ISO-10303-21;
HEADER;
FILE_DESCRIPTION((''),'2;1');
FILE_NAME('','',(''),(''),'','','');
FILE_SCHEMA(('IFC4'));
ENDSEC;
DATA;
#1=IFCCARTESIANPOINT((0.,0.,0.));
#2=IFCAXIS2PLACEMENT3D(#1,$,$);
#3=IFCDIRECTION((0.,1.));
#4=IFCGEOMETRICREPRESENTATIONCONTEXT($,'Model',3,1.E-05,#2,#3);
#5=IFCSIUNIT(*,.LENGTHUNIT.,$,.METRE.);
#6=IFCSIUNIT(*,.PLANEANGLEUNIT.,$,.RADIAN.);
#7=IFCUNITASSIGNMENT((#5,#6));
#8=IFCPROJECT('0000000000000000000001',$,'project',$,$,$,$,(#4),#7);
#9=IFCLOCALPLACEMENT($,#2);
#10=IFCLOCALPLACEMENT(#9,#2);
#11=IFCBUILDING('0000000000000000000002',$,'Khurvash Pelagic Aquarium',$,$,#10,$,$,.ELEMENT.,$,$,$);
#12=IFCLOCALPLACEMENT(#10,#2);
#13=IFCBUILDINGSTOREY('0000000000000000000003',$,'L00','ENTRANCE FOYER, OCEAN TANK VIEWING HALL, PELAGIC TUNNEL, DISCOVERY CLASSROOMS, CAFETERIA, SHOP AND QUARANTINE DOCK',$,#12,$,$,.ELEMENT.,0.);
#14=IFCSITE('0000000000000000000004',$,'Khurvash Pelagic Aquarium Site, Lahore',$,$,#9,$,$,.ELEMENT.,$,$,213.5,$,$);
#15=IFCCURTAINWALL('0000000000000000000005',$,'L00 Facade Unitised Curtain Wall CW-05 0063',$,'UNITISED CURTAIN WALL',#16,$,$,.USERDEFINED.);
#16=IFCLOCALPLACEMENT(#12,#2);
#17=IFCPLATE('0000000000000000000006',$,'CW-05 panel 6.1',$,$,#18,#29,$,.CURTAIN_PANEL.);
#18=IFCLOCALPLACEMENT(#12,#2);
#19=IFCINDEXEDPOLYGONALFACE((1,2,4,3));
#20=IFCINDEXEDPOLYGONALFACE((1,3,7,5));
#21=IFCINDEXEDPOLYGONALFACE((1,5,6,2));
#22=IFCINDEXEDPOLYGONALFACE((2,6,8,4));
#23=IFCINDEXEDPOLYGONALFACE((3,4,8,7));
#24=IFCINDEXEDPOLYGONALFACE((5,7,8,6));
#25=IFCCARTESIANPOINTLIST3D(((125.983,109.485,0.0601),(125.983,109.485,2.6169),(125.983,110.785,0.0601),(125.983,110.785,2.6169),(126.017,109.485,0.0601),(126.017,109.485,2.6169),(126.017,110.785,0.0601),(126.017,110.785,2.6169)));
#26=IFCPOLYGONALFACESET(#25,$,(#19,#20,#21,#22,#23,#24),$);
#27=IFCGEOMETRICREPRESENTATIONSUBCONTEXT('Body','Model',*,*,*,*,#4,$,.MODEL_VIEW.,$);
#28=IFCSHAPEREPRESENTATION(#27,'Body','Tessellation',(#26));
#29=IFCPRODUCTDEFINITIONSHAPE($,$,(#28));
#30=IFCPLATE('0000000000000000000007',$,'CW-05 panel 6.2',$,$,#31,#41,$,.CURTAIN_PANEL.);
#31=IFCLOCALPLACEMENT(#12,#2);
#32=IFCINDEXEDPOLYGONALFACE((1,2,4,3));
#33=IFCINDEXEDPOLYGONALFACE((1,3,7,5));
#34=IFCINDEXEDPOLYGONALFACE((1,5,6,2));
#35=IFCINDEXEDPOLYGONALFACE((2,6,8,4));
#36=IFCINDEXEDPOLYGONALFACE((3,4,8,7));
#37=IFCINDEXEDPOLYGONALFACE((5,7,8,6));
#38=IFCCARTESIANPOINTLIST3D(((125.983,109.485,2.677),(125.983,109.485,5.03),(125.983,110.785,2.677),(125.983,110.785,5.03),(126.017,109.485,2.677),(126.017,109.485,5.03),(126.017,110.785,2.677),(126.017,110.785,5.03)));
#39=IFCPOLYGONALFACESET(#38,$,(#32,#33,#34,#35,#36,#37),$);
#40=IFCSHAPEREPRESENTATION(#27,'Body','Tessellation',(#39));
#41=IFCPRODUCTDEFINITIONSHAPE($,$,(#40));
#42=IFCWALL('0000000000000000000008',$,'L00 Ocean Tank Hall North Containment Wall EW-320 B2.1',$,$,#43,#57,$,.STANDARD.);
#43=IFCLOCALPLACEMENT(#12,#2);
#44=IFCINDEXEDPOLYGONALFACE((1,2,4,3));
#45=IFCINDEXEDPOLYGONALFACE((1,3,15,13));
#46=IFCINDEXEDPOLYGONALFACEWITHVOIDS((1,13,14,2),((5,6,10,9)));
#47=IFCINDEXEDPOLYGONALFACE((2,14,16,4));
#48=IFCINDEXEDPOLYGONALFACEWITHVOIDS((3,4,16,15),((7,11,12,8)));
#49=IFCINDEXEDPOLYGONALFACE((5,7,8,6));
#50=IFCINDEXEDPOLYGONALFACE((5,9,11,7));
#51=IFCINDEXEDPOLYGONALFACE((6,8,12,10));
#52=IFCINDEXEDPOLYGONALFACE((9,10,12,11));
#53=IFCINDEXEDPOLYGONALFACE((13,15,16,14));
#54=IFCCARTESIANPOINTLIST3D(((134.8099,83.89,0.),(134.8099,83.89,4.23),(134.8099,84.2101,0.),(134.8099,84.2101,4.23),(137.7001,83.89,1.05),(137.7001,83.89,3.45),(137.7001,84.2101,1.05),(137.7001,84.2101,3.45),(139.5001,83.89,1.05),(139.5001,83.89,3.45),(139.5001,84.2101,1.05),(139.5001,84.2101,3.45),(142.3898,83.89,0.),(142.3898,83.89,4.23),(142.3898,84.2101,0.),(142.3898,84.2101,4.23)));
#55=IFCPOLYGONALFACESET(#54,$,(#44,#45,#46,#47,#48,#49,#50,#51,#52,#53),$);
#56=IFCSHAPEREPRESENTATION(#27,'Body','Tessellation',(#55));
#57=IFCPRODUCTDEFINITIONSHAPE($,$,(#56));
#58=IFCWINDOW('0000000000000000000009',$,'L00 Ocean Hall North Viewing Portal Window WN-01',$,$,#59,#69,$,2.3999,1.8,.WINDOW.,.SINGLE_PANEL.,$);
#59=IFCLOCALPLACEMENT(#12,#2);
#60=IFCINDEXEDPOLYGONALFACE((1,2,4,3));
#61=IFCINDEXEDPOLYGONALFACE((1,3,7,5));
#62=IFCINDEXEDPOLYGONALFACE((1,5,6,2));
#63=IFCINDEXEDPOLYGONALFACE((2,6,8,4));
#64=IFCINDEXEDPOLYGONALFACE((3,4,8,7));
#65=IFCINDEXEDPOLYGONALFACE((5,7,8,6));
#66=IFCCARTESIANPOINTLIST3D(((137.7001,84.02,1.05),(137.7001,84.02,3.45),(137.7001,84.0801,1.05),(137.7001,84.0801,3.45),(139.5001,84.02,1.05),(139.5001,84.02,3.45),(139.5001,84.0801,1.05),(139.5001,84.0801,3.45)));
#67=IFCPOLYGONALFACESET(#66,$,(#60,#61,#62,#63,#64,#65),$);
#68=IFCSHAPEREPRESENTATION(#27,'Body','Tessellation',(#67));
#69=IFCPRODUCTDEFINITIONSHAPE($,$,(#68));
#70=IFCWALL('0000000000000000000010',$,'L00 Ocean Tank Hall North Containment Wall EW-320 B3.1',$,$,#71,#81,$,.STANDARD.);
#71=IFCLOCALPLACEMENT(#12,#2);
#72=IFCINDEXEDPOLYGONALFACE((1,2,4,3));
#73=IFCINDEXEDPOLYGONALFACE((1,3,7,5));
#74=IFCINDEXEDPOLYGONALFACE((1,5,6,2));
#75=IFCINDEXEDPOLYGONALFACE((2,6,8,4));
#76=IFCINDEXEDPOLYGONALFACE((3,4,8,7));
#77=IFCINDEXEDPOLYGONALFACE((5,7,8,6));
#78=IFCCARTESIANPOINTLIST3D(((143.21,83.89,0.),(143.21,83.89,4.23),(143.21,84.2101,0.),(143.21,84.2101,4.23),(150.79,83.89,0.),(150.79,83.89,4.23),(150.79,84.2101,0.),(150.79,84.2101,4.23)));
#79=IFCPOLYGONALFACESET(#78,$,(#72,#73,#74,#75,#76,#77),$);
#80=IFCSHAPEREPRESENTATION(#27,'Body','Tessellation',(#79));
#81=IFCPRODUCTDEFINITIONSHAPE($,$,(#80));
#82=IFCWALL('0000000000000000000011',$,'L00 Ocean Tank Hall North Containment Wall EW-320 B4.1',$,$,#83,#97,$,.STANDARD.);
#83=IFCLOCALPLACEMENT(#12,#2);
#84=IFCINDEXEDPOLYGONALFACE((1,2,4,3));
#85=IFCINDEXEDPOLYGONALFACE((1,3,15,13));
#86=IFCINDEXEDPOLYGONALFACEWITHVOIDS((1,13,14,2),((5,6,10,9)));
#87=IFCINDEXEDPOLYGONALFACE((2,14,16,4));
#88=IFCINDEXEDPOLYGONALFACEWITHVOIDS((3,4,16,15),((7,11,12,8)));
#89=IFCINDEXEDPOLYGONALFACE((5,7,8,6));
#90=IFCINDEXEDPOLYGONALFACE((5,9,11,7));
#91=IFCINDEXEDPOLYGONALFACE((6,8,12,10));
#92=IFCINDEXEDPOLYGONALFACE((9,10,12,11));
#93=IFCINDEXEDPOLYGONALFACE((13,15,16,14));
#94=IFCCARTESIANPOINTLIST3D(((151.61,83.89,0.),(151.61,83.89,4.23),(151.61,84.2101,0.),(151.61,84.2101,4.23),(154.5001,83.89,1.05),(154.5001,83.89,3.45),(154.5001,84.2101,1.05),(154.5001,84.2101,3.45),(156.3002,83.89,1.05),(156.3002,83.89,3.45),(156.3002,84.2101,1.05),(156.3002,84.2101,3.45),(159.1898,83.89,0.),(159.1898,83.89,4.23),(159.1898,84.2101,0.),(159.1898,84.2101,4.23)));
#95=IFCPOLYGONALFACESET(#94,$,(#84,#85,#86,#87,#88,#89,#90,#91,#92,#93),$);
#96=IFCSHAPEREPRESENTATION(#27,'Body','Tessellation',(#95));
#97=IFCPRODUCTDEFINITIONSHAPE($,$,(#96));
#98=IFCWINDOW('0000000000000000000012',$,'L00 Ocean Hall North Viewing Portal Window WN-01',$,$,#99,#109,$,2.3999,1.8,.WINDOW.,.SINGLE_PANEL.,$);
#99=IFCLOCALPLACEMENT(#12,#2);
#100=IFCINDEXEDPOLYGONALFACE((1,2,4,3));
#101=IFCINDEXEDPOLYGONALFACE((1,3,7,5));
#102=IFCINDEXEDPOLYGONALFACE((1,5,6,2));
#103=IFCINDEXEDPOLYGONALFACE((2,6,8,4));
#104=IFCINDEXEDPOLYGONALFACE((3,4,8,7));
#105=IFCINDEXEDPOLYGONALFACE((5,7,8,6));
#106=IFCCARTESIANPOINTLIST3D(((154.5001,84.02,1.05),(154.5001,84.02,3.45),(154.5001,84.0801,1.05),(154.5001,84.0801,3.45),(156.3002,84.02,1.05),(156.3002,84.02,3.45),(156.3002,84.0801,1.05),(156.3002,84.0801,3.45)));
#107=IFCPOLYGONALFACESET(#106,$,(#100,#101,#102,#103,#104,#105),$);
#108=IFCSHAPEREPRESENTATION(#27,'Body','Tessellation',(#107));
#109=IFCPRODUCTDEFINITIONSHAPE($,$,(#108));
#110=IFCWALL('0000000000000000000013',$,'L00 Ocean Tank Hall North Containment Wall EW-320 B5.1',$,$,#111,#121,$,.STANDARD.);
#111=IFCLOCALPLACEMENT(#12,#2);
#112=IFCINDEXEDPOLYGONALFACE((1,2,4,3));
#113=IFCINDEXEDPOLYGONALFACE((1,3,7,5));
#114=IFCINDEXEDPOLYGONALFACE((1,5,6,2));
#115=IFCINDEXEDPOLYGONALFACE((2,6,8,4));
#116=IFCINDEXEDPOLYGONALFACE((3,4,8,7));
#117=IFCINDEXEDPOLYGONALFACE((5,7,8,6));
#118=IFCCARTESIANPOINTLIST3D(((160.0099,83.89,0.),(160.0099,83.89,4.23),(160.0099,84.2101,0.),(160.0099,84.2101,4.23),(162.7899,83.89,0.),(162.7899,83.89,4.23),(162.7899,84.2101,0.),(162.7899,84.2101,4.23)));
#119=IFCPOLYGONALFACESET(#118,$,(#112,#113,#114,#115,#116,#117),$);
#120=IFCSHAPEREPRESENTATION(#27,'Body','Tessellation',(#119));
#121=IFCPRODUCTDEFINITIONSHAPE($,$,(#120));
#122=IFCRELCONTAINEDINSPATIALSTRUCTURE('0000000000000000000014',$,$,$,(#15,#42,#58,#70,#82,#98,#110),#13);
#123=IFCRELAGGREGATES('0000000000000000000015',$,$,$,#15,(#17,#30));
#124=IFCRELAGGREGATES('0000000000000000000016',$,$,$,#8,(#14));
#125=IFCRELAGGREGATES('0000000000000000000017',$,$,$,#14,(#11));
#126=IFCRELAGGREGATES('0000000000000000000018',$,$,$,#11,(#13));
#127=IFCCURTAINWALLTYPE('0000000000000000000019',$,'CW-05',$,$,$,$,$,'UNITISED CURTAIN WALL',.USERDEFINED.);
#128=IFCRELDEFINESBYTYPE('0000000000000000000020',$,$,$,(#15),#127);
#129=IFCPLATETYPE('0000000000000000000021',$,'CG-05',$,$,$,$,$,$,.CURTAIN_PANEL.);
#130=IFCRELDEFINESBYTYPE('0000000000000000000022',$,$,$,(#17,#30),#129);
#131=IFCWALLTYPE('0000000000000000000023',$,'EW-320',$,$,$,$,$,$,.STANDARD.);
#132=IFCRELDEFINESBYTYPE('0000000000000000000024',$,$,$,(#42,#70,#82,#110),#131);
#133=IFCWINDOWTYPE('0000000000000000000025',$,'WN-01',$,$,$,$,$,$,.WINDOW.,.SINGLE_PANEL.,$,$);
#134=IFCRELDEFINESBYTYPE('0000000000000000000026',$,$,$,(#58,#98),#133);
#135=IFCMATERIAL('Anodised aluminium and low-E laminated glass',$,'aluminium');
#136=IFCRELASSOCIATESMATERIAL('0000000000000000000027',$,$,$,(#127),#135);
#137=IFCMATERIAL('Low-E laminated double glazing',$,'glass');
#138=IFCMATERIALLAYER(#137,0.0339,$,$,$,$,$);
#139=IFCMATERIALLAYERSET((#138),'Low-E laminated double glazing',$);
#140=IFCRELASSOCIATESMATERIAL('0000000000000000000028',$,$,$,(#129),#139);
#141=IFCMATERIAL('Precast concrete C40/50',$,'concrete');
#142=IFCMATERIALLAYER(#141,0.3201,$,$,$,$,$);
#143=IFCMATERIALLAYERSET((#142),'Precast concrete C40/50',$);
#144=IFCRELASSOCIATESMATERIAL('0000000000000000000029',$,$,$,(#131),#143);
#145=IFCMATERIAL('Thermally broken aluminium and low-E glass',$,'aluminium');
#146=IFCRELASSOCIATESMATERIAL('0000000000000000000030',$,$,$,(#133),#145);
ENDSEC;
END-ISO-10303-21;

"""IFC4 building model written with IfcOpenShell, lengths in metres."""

from ifc_helpers import new_model, si_unit, direction, frame, frame_2d, origin, origin_2d, place, context, subcontext, project, spatial, rectangle, extrude, material, layer, layer_set, type_object, element, fill, aggregate, save


model = new_model("IFC4")

# Units and contexts
model_context = context("Model", 3, precision=1e-05, world=origin(), true_north=direction((0.0, 1.0)))
body_context = subcontext(model_context, "Body", "Model", "MODEL_VIEW")
ifc_project = project(units=[si_unit("LENGTHUNIT", "METRE"), si_unit("PLANEANGLEUNIT", "RADIAN")], contexts=[model_context])

# Site, building, storey
site_placement = place(None, origin())
site = spatial("IfcSite", under=ifc_project, at=site_placement, Name="Khurvash Pelagic Aquarium Site, Lahore", CompositionType="ELEMENT", RefElevation=213.5)
building_placement = place(site_placement, origin())
building = spatial("IfcBuilding", under=site, at=building_placement, Name="Khurvash Pelagic Aquarium", CompositionType="ELEMENT")
storey_placement = place(building_placement, origin())
storey = spatial("IfcBuildingStorey", under=building, at=storey_placement, Name="L00", Description="ENTRANCE FOYER, OCEAN TANK VIEWING HALL, PELAGIC TUNNEL, DISCOVERY CLASSROOMS, CAFETERIA, SHOP AND QUARANTINE DOCK", CompositionType="ELEMENT", Elevation=0.0)

# Curtain wall
ifc_material_1 = material(Name="Anodised aluminium and low-E laminated glass", Category="aluminium")
curtain_wall_type = type_object("IfcCurtainWallType", Name="CW-05", ElementType="UNITISED CURTAIN WALL", PredefinedType="USERDEFINED", material=ifc_material_1)
curtain_wall_placement = place(storey_placement, origin())
curtain_wall = element("IfcCurtainWall", 1, at=curtain_wall_placement, inside=storey, type_object=curtain_wall_type, Name="L00 Facade Unitised Curtain Wall CW-05 0063", ObjectType="UNITISED CURTAIN WALL", PredefinedType="USERDEFINED")

# Plates
ifc_material_2 = material(Name="Low-E laminated double glazing", Category="glass")
ifc_layer_1 = layer(ifc_material_2, 0.0339)
ifc_layer_set_1 = layer_set([ifc_layer_1], Name="Low-E laminated double glazing")
plate_type = type_object("IfcPlateType", Name="CG-05", PredefinedType="CURTAIN_PANEL", material=ifc_layer_set_1)
plate_1_placement = place(storey_placement, frame((126.0, 110.135, 0.0601), z_axis=(0.0, 0.0, 1.0), x_axis=(0.0, 1.0, 0.0)))
plate_1 = element("IfcPlate", 2, at=plate_1_placement, type_object=plate_type, Name="CW-05 panel 6.1", PredefinedType="CURTAIN_PANEL", context=body_context, shape_type="SweptSolid", body=[
    extrude(rectangle(XDim=1.3, YDim=0.0339, at=origin_2d()), origin(), (0.0, 0.0, 1.0), 2.5569),
])
plate_2_placement = place(storey_placement, frame((126.0, 110.135, 2.677), z_axis=(0.0, 0.0, 1.0), x_axis=(0.0, 1.0, 0.0)))
plate_2 = element("IfcPlate", 3, at=plate_2_placement, type_object=plate_type, Name="CW-05 panel 6.2", PredefinedType="CURTAIN_PANEL", context=body_context, shape_type="SweptSolid", body=[
    extrude(rectangle(XDim=1.3, YDim=0.0339, at=origin_2d()), origin(), (0.0, 0.0, 1.0), 2.353),
])
aggregate(curtain_wall, [plate_1, plate_2])

# Wall, opening, window
ifc_material_3 = material(Name="Precast concrete C40/50", Category="concrete")
ifc_layer_2 = layer(ifc_material_3, 0.3201)
ifc_layer_set_2 = layer_set([ifc_layer_2], Name="Precast concrete C40/50")
wall_type = type_object("IfcWallType", Name="EW-320", PredefinedType="STANDARD", material=ifc_layer_set_2)
wall_1_placement = place(storey_placement, frame((142.3899, 84.05, 0.0), z_axis=(0.0, 0.0, 1.0), x_axis=(-1.0, 0.0, 0.0)))
wall_1 = element("IfcWall", 4, at=wall_1_placement, inside=storey, type_object=wall_type, Name="L00 Ocean Tank Hall North Containment Wall EW-320 B2.1", PredefinedType="STANDARD", context=body_context, shape_type="SweptSolid", body=[
    extrude(rectangle(XDim=7.5798, YDim=0.3201, at=frame_2d((3.79, 0.0))), origin(), (0.0, 0.0, 1.0), 4.23),
])
opening_1_placement = place(wall_1_placement, frame((2.8899, 0.0, 1.05)))
opening_1 = element("IfcOpeningElement", 5, at=opening_1_placement, cuts=wall_1, PredefinedType="OPENING", context=body_context, shape_type="SweptSolid", body=[
    extrude(rectangle(XDim=1.8, YDim=2.3999, at=frame_2d((0.8999, 1.2))), frame((0.0, 0.1699, 0.0), z_axis=(0.0, -1.0, 0.0), x_axis=(1.0, 0.0, 0.0)), (0.0, 0.0, 1.0), 0.3401),
])
ifc_material_4 = material(Name="Thermally broken aluminium and low-E glass", Category="aluminium")
window_type = type_object("IfcWindowType", Name="WN-01", PartitioningType="SINGLE_PANEL", PredefinedType="WINDOW", material=ifc_material_4)
window_1_placement = place(opening_1_placement, origin())
window_1 = element("IfcWindow", 6, at=window_1_placement, inside=storey, type_object=window_type, Name="L00 Ocean Hall North Viewing Portal Window WN-01", OverallHeight=2.3999, OverallWidth=1.8, PartitioningType="SINGLE_PANEL", PredefinedType="WINDOW", context=body_context, shape_type="SweptSolid", body=[
    extrude(rectangle(XDim=1.8, YDim=2.3999, at=frame_2d((0.8999, 1.2))), frame((0.0, 0.03, 0.0), z_axis=(0.0, -1.0, 0.0), x_axis=(1.0, 0.0, 0.0)), (0.0, 0.0, 1.0), 0.0601),
])
fill(opening_1, window_1)

# Wall
wall_2_placement = place(storey_placement, frame((150.79, 84.05, 0.0), z_axis=(0.0, 0.0, 1.0), x_axis=(-1.0, 0.0, 0.0)))
element("IfcWall", 7, at=wall_2_placement, inside=storey, type_object=wall_type, Name="L00 Ocean Tank Hall North Containment Wall EW-320 B3.1", PredefinedType="STANDARD", context=body_context, shape_type="SweptSolid", body=[
    extrude(rectangle(XDim=7.5801, YDim=0.3201, at=frame_2d((3.79, 0.0))), origin(), (0.0, 0.0, 1.0), 4.23),
])

# Wall, opening, window
wall_3_placement = place(storey_placement, frame((159.1899, 84.05, 0.0), z_axis=(0.0, 0.0, 1.0), x_axis=(-1.0, 0.0, 0.0)))
wall_3 = element("IfcWall", 8, at=wall_3_placement, inside=storey, type_object=wall_type, Name="L00 Ocean Tank Hall North Containment Wall EW-320 B4.1", PredefinedType="STANDARD", context=body_context, shape_type="SweptSolid", body=[
    extrude(rectangle(XDim=7.5798, YDim=0.3201, at=frame_2d((3.79, 0.0))), origin(), (0.0, 0.0, 1.0), 4.23),
])
opening_2_placement = place(wall_3_placement, frame((2.8899, 0.0, 1.05)))
opening_2 = element("IfcOpeningElement", 9, at=opening_2_placement, cuts=wall_3, PredefinedType="OPENING", context=body_context, shape_type="SweptSolid", body=[
    extrude(rectangle(XDim=1.8, YDim=2.3999, at=frame_2d((0.8999, 1.2))), frame((0.0, 0.1699, 0.0), z_axis=(0.0, -1.0, 0.0), x_axis=(1.0, 0.0, 0.0)), (0.0, 0.0, 1.0), 0.3401),
])
window_2_placement = place(opening_2_placement, origin())
window_2 = element("IfcWindow", 10, at=window_2_placement, inside=storey, type_object=window_type, Name="L00 Ocean Hall North Viewing Portal Window WN-01", OverallHeight=2.3999, OverallWidth=1.8, PartitioningType="SINGLE_PANEL", PredefinedType="WINDOW", context=body_context, shape_type="SweptSolid", body=[
    extrude(rectangle(XDim=1.8, YDim=2.3999, at=frame_2d((0.8999, 1.2))), frame((0.0, 0.03, 0.0), z_axis=(0.0, -1.0, 0.0), x_axis=(1.0, 0.0, 0.0)), (0.0, 0.0, 1.0), 0.0601),
])
fill(opening_2, window_2)

# Wall
wall_4_placement = place(storey_placement, frame((162.79, 84.05, 0.0), z_axis=(0.0, 0.0, 1.0), x_axis=(-1.0, 0.0, 0.0)))
element("IfcWall", 11, at=wall_4_placement, inside=storey, type_object=wall_type, Name="L00 Ocean Tank Hall North Containment Wall EW-320 B5.1", PredefinedType="STANDARD", context=body_context, shape_type="SweptSolid", body=[
    extrude(rectangle(XDim=2.78, YDim=0.3201, at=frame_2d((1.3901, 0.0))), origin(), (0.0, 0.0, 1.0), 4.23),
])

save(model, "model.ifc")
